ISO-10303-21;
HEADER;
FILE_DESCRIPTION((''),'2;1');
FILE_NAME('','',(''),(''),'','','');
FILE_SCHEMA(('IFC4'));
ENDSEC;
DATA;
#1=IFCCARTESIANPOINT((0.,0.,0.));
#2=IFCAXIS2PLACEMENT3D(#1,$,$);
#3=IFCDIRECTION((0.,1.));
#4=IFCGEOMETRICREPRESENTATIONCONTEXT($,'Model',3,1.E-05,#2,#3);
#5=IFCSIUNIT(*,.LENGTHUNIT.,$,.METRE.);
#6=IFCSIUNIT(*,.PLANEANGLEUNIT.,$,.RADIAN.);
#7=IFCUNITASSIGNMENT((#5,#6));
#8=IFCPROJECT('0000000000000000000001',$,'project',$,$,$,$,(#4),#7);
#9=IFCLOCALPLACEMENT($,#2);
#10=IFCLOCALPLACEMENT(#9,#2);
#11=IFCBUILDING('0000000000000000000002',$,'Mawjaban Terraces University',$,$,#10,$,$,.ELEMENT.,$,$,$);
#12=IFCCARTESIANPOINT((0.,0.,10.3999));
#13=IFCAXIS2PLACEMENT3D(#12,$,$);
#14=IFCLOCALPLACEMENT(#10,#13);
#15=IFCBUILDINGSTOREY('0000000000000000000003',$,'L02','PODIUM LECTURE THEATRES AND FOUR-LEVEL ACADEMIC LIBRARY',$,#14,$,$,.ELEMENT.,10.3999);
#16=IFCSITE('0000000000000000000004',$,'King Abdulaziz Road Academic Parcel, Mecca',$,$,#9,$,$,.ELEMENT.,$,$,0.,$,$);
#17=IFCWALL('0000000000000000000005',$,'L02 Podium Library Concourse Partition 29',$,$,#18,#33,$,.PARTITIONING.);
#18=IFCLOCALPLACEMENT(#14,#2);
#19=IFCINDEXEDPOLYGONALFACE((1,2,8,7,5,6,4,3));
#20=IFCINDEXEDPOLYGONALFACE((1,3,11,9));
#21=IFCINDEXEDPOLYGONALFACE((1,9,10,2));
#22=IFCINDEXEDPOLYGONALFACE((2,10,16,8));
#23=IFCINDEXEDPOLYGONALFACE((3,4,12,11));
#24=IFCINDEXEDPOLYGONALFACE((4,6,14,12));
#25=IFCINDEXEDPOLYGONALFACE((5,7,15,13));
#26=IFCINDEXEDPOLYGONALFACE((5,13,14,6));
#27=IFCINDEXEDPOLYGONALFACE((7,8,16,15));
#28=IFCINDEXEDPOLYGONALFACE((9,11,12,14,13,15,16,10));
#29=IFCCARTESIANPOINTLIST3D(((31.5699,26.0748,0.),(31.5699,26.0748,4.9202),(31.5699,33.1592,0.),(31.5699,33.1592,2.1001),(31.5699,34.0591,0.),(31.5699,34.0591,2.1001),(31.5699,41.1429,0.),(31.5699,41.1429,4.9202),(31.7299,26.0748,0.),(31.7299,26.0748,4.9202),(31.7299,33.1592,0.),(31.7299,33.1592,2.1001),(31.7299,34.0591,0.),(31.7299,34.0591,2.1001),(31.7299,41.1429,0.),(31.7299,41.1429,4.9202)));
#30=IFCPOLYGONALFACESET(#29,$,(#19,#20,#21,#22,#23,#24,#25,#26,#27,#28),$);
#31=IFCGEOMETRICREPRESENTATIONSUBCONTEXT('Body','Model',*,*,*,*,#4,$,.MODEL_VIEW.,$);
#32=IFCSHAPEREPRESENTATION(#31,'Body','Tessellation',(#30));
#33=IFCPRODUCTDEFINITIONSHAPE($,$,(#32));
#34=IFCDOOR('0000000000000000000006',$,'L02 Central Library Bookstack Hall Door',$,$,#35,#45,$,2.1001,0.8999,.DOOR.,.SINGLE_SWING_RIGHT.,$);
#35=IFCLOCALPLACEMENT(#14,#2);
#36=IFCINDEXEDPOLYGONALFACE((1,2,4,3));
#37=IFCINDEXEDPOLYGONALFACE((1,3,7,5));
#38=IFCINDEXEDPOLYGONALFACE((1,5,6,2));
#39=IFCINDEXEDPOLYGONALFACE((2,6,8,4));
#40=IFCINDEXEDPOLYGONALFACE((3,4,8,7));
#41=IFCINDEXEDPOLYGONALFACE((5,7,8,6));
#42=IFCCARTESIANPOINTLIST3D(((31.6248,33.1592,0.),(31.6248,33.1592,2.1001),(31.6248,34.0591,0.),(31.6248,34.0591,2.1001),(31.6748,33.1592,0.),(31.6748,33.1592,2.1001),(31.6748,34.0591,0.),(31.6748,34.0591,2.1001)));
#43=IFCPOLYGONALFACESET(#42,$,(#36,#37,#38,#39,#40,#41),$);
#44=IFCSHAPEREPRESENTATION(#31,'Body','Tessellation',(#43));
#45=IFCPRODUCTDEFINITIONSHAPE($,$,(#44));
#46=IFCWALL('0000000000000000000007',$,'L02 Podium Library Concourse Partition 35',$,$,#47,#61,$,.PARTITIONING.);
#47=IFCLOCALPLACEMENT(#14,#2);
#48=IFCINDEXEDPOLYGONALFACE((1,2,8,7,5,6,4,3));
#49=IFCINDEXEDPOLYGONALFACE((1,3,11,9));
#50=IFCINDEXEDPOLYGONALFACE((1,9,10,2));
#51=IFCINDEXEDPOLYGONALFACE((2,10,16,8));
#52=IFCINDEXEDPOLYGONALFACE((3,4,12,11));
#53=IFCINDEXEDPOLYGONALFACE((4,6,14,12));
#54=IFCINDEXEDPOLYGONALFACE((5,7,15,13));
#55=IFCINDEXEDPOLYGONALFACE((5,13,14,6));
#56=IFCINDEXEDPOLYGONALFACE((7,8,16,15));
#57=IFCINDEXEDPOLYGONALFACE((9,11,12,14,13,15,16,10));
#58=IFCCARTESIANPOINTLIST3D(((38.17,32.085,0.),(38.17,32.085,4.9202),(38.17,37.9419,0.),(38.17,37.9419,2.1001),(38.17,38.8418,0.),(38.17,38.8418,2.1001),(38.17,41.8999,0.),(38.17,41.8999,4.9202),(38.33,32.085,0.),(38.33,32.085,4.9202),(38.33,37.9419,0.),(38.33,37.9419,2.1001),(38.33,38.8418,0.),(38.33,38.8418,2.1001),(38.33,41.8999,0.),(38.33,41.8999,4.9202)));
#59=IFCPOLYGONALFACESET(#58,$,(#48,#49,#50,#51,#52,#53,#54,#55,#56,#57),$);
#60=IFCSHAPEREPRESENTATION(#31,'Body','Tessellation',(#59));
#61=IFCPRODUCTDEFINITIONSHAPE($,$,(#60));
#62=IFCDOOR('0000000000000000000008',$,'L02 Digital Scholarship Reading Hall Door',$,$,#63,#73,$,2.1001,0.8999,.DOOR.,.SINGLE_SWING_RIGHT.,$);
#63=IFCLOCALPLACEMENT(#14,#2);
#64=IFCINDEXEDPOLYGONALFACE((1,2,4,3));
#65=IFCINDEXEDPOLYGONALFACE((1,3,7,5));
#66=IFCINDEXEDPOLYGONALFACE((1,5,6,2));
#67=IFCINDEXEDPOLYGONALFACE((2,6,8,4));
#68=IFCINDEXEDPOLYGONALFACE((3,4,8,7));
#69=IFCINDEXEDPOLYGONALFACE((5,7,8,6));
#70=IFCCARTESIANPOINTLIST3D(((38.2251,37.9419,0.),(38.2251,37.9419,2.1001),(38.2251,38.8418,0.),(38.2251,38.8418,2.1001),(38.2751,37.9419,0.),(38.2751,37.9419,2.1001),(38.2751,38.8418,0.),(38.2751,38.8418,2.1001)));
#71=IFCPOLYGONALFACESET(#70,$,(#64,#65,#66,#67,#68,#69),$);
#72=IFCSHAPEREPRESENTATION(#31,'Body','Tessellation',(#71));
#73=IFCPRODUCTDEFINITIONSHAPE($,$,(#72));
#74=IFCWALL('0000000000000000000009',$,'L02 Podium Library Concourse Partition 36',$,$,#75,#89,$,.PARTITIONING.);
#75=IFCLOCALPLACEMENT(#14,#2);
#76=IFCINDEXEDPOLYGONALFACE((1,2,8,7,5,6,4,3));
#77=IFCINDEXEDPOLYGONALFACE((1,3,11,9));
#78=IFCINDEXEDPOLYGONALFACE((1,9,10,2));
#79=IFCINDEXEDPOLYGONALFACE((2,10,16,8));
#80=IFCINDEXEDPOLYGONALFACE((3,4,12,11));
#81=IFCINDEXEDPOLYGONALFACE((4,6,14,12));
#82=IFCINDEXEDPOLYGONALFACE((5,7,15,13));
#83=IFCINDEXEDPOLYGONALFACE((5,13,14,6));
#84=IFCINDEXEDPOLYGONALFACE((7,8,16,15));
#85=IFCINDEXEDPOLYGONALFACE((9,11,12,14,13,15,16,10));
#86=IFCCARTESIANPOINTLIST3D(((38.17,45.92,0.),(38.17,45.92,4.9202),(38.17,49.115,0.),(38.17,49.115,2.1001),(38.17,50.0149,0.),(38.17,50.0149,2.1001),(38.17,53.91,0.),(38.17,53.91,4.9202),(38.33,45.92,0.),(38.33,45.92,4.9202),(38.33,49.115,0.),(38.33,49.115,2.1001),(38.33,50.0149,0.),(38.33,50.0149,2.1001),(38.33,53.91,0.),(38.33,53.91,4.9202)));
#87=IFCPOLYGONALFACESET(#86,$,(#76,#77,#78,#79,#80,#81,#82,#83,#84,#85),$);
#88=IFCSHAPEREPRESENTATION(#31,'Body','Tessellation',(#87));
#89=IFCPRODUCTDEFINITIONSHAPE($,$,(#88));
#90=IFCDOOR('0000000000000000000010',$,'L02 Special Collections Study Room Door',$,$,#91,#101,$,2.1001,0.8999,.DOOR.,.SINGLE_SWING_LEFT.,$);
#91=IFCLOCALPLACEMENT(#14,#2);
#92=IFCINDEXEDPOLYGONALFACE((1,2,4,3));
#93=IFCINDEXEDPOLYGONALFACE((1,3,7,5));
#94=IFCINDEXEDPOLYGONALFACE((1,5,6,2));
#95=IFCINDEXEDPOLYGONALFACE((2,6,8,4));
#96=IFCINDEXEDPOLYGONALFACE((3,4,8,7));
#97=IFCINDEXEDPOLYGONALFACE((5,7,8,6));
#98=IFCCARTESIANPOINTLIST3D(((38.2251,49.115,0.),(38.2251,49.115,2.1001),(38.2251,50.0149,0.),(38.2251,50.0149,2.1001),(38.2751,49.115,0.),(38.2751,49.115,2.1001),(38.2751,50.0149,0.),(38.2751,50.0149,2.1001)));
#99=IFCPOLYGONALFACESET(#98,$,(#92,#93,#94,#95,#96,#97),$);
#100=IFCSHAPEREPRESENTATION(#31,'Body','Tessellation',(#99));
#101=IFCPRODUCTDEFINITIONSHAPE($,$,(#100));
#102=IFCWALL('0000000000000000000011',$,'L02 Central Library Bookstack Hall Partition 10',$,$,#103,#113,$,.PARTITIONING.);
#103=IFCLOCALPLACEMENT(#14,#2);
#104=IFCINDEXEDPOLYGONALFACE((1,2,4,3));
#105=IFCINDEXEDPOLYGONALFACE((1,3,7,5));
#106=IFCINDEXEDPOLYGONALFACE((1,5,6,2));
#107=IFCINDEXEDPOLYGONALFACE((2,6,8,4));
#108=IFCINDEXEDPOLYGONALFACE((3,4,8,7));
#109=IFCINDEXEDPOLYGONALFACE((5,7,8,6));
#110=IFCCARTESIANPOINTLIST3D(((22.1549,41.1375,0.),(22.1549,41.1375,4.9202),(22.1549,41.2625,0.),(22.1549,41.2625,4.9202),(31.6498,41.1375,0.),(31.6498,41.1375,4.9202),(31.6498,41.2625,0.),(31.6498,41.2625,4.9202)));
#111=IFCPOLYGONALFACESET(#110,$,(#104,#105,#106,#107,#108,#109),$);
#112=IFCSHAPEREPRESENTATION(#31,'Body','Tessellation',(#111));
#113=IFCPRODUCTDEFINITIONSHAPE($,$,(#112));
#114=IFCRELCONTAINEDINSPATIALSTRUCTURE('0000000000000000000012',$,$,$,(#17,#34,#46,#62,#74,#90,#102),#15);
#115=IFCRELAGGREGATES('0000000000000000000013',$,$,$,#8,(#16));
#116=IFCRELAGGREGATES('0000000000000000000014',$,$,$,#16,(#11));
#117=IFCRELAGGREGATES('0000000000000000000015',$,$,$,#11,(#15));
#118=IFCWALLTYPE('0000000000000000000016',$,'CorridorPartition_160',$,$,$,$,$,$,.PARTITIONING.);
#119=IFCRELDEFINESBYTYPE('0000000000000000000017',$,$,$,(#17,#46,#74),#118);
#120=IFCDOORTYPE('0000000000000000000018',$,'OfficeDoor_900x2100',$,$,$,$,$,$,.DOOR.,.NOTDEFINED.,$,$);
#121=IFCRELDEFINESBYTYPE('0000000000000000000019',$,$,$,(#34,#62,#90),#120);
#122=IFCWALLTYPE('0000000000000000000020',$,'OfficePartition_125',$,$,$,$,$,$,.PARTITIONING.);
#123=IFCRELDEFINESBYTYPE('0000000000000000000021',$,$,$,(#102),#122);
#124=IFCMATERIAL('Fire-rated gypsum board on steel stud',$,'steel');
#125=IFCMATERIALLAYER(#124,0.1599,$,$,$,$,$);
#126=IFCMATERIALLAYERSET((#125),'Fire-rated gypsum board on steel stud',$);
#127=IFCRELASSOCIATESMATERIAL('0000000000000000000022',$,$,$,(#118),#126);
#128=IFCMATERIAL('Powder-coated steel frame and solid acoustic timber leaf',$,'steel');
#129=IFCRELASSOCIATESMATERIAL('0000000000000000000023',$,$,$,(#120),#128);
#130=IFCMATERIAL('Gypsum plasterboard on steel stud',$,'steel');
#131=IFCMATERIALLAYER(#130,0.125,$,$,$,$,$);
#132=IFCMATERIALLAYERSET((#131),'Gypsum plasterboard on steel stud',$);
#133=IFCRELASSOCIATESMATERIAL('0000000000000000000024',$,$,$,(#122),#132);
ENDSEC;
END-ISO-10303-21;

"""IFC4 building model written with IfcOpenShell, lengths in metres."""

from ifc_helpers import new_model, si_unit, direction, frame, frame_2d, origin, place, context, subcontext, project, spatial, rectangle, extrude, material, layer, layer_set, type_object, element, fill, save


model = new_model("IFC4")

# Units and contexts
model_context = context("Model", 3, precision=1e-05, world=origin(), true_north=direction((0.0, 1.0)))
body_context = subcontext(model_context, "Body", "Model", "MODEL_VIEW")
ifc_project = project(units=[si_unit("LENGTHUNIT", "METRE"), si_unit("PLANEANGLEUNIT", "RADIAN")], contexts=[model_context])

# Site, building, storey
site_placement = place(None, origin())
site = spatial("IfcSite", under=ifc_project, at=site_placement, Name="King Abdulaziz Road Academic Parcel, Mecca", CompositionType="ELEMENT", RefElevation=0.0)
building_placement = place(site_placement, origin())
building = spatial("IfcBuilding", under=site, at=building_placement, Name="Mawjaban Terraces University", CompositionType="ELEMENT")
storey_placement = place(building_placement, frame((0.0, 0.0, 10.3999)))
storey = spatial("IfcBuildingStorey", under=building, at=storey_placement, Name="L02", Description="PODIUM LECTURE THEATRES AND FOUR-LEVEL ACADEMIC LIBRARY", CompositionType="ELEMENT", Elevation=10.3999)

# Walls, openings, doors
ifc_material_1 = material(Name="Fire-rated gypsum board on steel stud", Category="steel")
ifc_layer_1 = layer(ifc_material_1, 0.1599)
ifc_layer_set_1 = layer_set([ifc_layer_1], Name="Fire-rated gypsum board on steel stud")
wall_type_1 = type_object("IfcWallType", Name="CorridorPartition_160", PredefinedType="PARTITIONING", material=ifc_layer_set_1)
wall_1_placement = place(storey_placement, frame((31.6499, 41.1431, 0.0), z_axis=(0.0, 0.0, 1.0), x_axis=(0.0, -1.0, 0.0)))
wall_1 = element("IfcWall", 1, at=wall_1_placement, inside=storey, type_object=wall_type_1, Name="L02 Podium Library Concourse Partition 29", PredefinedType="PARTITIONING", context=body_context, shape_type="SweptSolid", body=[
    extrude(rectangle(XDim=15.0681, YDim=0.1599, at=frame_2d((7.5342, 0.0))), origin(), (0.0, 0.0, 1.0), 4.9202),
])
opening_1_placement = place(wall_1_placement, frame((7.084, 0.0, 0.0)))
opening_1 = element("IfcOpeningElement", 2, at=opening_1_placement, cuts=wall_1, PredefinedType="OPENING", context=body_context, shape_type="SweptSolid", body=[
    extrude(rectangle(XDim=0.8999, YDim=2.1001, at=frame_2d((0.45, 1.05))), frame((0.0, 0.0898, 0.0), z_axis=(0.0, -1.0, 0.0), x_axis=(1.0, 0.0, 0.0)), (0.0, 0.0, 1.0), 0.1799),
])
ifc_material_2 = material(Name="Powder-coated steel frame and solid acoustic timber leaf", Category="steel")
door_type_1 = type_object("IfcDoorType", Name="OfficeDoor_900x2100", OperationType="NOTDEFINED", PredefinedType="DOOR", material=ifc_material_2)
door_1_placement = place(opening_1_placement, origin())
door_1 = element("IfcDoor", 3, at=door_1_placement, inside=storey, type_object=door_type_1, Name="L02 Central Library Bookstack Hall Door", OperationType="SINGLE_SWING_RIGHT", OverallHeight=2.1001, OverallWidth=0.8999, PredefinedType="DOOR", context=body_context, shape_type="SweptSolid", body=[
    extrude(rectangle(XDim=0.8999, YDim=2.1001, at=frame_2d((0.45, 1.05))), frame((0.0, 0.0249, 0.0), z_axis=(0.0, -1.0, 0.0), x_axis=(1.0, 0.0, 0.0)), (0.0, 0.0, 1.0), 0.05),
])
fill(opening_1, door_1)
wall_2_placement = place(storey_placement, frame((38.25, 32.085, 0.0), z_axis=(0.0, 0.0, 1.0), x_axis=(0.0, 1.0, 0.0)))
wall_2 = element("IfcWall", 4, at=wall_2_placement, inside=storey, type_object=wall_type_1, Name="L02 Podium Library Concourse Partition 35", PredefinedType="PARTITIONING", context=body_context, shape_type="SweptSolid", body=[
    extrude(rectangle(XDim=9.8149, YDim=0.1599, at=frame_2d((4.9075, 0.0))), origin(), (0.0, 0.0, 1.0), 4.9202),
])
opening_2_placement = place(wall_2_placement, frame((5.8569, 0.0, 0.0)))
opening_2 = element("IfcOpeningElement", 5, at=opening_2_placement, cuts=wall_2, PredefinedType="OPENING", context=body_context, shape_type="SweptSolid", body=[
    extrude(rectangle(XDim=0.8999, YDim=2.1001, at=frame_2d((0.45, 1.05))), frame((0.0, 0.0898, 0.0), z_axis=(0.0, -1.0, 0.0), x_axis=(1.0, 0.0, 0.0)), (0.0, 0.0, 1.0), 0.1799),
])
door_2_placement = place(opening_2_placement, origin())
door_2 = element("IfcDoor", 6, at=door_2_placement, inside=storey, type_object=door_type_1, Name="L02 Digital Scholarship Reading Hall Door", OperationType="SINGLE_SWING_RIGHT", OverallHeight=2.1001, OverallWidth=0.8999, PredefinedType="DOOR", context=body_context, shape_type="SweptSolid", body=[
    extrude(rectangle(XDim=0.8999, YDim=2.1001, at=frame_2d((0.45, 1.05))), frame((0.0, 0.0249, 0.0), z_axis=(0.0, -1.0, 0.0), x_axis=(1.0, 0.0, 0.0)), (0.0, 0.0, 1.0), 0.05),
])
fill(opening_2, door_2)
wall_3_placement = place(storey_placement, frame((38.25, 45.9199, 0.0), z_axis=(0.0, 0.0, 1.0), x_axis=(0.0, 1.0, 0.0)))
wall_3 = element("IfcWall", 7, at=wall_3_placement, inside=storey, type_object=wall_type_1, Name="L02 Podium Library Concourse Partition 36", PredefinedType="PARTITIONING", context=body_context, shape_type="SweptSolid", body=[
    extrude(rectangle(XDim=7.99, YDim=0.1599, at=frame_2d((3.9951, 0.0))), origin(), (0.0, 0.0, 1.0), 4.9202),
])
opening_3_placement = place(wall_3_placement, frame((3.1951, 0.0, 0.0)))
opening_3 = element("IfcOpeningElement", 8, at=opening_3_placement, cuts=wall_3, PredefinedType="OPENING", context=body_context, shape_type="SweptSolid", body=[
    extrude(rectangle(XDim=0.8999, YDim=2.1001, at=frame_2d((0.45, 1.05))), frame((0.0, 0.0898, 0.0), z_axis=(0.0, -1.0, 0.0), x_axis=(1.0, 0.0, 0.0)), (0.0, 0.0, 1.0), 0.1799),
])
door_3_placement = place(opening_3_placement, origin())
door_3 = element("IfcDoor", 9, at=door_3_placement, inside=storey, type_object=door_type_1, Name="L02 Special Collections Study Room Door", OperationType="SINGLE_SWING_LEFT", OverallHeight=2.1001, OverallWidth=0.8999, PredefinedType="DOOR", context=body_context, shape_type="SweptSolid", body=[
    extrude(rectangle(XDim=0.8999, YDim=2.1001, at=frame_2d((0.45, 1.05))), frame((0.0, 0.0249, 0.0), z_axis=(0.0, -1.0, 0.0), x_axis=(1.0, 0.0, 0.0)), (0.0, 0.0, 1.0), 0.05),
])
fill(opening_3, door_3)

# Wall
ifc_material_3 = material(Name="Gypsum plasterboard on steel stud", Category="steel")
ifc_layer_2 = layer(ifc_material_3, 0.125)
ifc_layer_set_2 = layer_set([ifc_layer_2], Name="Gypsum plasterboard on steel stud")
wall_type_2 = type_object("IfcWallType", Name="OfficePartition_125", PredefinedType="PARTITIONING", material=ifc_layer_set_2)
wall_4_placement = place(storey_placement, frame((31.6499, 41.2, 0.0), z_axis=(0.0, 0.0, 1.0), x_axis=(-1.0, 0.0, 0.0)))
element("IfcWall", 10, at=wall_4_placement, inside=storey, type_object=wall_type_2, Name="L02 Central Library Bookstack Hall Partition 10", PredefinedType="PARTITIONING", context=body_context, shape_type="SweptSolid", body=[
    extrude(rectangle(XDim=9.4949, YDim=0.125, at=frame_2d((4.7476, 0.0))), origin(), (0.0, 0.0, 1.0), 4.9202),
])

save(model, "model.ifc")
